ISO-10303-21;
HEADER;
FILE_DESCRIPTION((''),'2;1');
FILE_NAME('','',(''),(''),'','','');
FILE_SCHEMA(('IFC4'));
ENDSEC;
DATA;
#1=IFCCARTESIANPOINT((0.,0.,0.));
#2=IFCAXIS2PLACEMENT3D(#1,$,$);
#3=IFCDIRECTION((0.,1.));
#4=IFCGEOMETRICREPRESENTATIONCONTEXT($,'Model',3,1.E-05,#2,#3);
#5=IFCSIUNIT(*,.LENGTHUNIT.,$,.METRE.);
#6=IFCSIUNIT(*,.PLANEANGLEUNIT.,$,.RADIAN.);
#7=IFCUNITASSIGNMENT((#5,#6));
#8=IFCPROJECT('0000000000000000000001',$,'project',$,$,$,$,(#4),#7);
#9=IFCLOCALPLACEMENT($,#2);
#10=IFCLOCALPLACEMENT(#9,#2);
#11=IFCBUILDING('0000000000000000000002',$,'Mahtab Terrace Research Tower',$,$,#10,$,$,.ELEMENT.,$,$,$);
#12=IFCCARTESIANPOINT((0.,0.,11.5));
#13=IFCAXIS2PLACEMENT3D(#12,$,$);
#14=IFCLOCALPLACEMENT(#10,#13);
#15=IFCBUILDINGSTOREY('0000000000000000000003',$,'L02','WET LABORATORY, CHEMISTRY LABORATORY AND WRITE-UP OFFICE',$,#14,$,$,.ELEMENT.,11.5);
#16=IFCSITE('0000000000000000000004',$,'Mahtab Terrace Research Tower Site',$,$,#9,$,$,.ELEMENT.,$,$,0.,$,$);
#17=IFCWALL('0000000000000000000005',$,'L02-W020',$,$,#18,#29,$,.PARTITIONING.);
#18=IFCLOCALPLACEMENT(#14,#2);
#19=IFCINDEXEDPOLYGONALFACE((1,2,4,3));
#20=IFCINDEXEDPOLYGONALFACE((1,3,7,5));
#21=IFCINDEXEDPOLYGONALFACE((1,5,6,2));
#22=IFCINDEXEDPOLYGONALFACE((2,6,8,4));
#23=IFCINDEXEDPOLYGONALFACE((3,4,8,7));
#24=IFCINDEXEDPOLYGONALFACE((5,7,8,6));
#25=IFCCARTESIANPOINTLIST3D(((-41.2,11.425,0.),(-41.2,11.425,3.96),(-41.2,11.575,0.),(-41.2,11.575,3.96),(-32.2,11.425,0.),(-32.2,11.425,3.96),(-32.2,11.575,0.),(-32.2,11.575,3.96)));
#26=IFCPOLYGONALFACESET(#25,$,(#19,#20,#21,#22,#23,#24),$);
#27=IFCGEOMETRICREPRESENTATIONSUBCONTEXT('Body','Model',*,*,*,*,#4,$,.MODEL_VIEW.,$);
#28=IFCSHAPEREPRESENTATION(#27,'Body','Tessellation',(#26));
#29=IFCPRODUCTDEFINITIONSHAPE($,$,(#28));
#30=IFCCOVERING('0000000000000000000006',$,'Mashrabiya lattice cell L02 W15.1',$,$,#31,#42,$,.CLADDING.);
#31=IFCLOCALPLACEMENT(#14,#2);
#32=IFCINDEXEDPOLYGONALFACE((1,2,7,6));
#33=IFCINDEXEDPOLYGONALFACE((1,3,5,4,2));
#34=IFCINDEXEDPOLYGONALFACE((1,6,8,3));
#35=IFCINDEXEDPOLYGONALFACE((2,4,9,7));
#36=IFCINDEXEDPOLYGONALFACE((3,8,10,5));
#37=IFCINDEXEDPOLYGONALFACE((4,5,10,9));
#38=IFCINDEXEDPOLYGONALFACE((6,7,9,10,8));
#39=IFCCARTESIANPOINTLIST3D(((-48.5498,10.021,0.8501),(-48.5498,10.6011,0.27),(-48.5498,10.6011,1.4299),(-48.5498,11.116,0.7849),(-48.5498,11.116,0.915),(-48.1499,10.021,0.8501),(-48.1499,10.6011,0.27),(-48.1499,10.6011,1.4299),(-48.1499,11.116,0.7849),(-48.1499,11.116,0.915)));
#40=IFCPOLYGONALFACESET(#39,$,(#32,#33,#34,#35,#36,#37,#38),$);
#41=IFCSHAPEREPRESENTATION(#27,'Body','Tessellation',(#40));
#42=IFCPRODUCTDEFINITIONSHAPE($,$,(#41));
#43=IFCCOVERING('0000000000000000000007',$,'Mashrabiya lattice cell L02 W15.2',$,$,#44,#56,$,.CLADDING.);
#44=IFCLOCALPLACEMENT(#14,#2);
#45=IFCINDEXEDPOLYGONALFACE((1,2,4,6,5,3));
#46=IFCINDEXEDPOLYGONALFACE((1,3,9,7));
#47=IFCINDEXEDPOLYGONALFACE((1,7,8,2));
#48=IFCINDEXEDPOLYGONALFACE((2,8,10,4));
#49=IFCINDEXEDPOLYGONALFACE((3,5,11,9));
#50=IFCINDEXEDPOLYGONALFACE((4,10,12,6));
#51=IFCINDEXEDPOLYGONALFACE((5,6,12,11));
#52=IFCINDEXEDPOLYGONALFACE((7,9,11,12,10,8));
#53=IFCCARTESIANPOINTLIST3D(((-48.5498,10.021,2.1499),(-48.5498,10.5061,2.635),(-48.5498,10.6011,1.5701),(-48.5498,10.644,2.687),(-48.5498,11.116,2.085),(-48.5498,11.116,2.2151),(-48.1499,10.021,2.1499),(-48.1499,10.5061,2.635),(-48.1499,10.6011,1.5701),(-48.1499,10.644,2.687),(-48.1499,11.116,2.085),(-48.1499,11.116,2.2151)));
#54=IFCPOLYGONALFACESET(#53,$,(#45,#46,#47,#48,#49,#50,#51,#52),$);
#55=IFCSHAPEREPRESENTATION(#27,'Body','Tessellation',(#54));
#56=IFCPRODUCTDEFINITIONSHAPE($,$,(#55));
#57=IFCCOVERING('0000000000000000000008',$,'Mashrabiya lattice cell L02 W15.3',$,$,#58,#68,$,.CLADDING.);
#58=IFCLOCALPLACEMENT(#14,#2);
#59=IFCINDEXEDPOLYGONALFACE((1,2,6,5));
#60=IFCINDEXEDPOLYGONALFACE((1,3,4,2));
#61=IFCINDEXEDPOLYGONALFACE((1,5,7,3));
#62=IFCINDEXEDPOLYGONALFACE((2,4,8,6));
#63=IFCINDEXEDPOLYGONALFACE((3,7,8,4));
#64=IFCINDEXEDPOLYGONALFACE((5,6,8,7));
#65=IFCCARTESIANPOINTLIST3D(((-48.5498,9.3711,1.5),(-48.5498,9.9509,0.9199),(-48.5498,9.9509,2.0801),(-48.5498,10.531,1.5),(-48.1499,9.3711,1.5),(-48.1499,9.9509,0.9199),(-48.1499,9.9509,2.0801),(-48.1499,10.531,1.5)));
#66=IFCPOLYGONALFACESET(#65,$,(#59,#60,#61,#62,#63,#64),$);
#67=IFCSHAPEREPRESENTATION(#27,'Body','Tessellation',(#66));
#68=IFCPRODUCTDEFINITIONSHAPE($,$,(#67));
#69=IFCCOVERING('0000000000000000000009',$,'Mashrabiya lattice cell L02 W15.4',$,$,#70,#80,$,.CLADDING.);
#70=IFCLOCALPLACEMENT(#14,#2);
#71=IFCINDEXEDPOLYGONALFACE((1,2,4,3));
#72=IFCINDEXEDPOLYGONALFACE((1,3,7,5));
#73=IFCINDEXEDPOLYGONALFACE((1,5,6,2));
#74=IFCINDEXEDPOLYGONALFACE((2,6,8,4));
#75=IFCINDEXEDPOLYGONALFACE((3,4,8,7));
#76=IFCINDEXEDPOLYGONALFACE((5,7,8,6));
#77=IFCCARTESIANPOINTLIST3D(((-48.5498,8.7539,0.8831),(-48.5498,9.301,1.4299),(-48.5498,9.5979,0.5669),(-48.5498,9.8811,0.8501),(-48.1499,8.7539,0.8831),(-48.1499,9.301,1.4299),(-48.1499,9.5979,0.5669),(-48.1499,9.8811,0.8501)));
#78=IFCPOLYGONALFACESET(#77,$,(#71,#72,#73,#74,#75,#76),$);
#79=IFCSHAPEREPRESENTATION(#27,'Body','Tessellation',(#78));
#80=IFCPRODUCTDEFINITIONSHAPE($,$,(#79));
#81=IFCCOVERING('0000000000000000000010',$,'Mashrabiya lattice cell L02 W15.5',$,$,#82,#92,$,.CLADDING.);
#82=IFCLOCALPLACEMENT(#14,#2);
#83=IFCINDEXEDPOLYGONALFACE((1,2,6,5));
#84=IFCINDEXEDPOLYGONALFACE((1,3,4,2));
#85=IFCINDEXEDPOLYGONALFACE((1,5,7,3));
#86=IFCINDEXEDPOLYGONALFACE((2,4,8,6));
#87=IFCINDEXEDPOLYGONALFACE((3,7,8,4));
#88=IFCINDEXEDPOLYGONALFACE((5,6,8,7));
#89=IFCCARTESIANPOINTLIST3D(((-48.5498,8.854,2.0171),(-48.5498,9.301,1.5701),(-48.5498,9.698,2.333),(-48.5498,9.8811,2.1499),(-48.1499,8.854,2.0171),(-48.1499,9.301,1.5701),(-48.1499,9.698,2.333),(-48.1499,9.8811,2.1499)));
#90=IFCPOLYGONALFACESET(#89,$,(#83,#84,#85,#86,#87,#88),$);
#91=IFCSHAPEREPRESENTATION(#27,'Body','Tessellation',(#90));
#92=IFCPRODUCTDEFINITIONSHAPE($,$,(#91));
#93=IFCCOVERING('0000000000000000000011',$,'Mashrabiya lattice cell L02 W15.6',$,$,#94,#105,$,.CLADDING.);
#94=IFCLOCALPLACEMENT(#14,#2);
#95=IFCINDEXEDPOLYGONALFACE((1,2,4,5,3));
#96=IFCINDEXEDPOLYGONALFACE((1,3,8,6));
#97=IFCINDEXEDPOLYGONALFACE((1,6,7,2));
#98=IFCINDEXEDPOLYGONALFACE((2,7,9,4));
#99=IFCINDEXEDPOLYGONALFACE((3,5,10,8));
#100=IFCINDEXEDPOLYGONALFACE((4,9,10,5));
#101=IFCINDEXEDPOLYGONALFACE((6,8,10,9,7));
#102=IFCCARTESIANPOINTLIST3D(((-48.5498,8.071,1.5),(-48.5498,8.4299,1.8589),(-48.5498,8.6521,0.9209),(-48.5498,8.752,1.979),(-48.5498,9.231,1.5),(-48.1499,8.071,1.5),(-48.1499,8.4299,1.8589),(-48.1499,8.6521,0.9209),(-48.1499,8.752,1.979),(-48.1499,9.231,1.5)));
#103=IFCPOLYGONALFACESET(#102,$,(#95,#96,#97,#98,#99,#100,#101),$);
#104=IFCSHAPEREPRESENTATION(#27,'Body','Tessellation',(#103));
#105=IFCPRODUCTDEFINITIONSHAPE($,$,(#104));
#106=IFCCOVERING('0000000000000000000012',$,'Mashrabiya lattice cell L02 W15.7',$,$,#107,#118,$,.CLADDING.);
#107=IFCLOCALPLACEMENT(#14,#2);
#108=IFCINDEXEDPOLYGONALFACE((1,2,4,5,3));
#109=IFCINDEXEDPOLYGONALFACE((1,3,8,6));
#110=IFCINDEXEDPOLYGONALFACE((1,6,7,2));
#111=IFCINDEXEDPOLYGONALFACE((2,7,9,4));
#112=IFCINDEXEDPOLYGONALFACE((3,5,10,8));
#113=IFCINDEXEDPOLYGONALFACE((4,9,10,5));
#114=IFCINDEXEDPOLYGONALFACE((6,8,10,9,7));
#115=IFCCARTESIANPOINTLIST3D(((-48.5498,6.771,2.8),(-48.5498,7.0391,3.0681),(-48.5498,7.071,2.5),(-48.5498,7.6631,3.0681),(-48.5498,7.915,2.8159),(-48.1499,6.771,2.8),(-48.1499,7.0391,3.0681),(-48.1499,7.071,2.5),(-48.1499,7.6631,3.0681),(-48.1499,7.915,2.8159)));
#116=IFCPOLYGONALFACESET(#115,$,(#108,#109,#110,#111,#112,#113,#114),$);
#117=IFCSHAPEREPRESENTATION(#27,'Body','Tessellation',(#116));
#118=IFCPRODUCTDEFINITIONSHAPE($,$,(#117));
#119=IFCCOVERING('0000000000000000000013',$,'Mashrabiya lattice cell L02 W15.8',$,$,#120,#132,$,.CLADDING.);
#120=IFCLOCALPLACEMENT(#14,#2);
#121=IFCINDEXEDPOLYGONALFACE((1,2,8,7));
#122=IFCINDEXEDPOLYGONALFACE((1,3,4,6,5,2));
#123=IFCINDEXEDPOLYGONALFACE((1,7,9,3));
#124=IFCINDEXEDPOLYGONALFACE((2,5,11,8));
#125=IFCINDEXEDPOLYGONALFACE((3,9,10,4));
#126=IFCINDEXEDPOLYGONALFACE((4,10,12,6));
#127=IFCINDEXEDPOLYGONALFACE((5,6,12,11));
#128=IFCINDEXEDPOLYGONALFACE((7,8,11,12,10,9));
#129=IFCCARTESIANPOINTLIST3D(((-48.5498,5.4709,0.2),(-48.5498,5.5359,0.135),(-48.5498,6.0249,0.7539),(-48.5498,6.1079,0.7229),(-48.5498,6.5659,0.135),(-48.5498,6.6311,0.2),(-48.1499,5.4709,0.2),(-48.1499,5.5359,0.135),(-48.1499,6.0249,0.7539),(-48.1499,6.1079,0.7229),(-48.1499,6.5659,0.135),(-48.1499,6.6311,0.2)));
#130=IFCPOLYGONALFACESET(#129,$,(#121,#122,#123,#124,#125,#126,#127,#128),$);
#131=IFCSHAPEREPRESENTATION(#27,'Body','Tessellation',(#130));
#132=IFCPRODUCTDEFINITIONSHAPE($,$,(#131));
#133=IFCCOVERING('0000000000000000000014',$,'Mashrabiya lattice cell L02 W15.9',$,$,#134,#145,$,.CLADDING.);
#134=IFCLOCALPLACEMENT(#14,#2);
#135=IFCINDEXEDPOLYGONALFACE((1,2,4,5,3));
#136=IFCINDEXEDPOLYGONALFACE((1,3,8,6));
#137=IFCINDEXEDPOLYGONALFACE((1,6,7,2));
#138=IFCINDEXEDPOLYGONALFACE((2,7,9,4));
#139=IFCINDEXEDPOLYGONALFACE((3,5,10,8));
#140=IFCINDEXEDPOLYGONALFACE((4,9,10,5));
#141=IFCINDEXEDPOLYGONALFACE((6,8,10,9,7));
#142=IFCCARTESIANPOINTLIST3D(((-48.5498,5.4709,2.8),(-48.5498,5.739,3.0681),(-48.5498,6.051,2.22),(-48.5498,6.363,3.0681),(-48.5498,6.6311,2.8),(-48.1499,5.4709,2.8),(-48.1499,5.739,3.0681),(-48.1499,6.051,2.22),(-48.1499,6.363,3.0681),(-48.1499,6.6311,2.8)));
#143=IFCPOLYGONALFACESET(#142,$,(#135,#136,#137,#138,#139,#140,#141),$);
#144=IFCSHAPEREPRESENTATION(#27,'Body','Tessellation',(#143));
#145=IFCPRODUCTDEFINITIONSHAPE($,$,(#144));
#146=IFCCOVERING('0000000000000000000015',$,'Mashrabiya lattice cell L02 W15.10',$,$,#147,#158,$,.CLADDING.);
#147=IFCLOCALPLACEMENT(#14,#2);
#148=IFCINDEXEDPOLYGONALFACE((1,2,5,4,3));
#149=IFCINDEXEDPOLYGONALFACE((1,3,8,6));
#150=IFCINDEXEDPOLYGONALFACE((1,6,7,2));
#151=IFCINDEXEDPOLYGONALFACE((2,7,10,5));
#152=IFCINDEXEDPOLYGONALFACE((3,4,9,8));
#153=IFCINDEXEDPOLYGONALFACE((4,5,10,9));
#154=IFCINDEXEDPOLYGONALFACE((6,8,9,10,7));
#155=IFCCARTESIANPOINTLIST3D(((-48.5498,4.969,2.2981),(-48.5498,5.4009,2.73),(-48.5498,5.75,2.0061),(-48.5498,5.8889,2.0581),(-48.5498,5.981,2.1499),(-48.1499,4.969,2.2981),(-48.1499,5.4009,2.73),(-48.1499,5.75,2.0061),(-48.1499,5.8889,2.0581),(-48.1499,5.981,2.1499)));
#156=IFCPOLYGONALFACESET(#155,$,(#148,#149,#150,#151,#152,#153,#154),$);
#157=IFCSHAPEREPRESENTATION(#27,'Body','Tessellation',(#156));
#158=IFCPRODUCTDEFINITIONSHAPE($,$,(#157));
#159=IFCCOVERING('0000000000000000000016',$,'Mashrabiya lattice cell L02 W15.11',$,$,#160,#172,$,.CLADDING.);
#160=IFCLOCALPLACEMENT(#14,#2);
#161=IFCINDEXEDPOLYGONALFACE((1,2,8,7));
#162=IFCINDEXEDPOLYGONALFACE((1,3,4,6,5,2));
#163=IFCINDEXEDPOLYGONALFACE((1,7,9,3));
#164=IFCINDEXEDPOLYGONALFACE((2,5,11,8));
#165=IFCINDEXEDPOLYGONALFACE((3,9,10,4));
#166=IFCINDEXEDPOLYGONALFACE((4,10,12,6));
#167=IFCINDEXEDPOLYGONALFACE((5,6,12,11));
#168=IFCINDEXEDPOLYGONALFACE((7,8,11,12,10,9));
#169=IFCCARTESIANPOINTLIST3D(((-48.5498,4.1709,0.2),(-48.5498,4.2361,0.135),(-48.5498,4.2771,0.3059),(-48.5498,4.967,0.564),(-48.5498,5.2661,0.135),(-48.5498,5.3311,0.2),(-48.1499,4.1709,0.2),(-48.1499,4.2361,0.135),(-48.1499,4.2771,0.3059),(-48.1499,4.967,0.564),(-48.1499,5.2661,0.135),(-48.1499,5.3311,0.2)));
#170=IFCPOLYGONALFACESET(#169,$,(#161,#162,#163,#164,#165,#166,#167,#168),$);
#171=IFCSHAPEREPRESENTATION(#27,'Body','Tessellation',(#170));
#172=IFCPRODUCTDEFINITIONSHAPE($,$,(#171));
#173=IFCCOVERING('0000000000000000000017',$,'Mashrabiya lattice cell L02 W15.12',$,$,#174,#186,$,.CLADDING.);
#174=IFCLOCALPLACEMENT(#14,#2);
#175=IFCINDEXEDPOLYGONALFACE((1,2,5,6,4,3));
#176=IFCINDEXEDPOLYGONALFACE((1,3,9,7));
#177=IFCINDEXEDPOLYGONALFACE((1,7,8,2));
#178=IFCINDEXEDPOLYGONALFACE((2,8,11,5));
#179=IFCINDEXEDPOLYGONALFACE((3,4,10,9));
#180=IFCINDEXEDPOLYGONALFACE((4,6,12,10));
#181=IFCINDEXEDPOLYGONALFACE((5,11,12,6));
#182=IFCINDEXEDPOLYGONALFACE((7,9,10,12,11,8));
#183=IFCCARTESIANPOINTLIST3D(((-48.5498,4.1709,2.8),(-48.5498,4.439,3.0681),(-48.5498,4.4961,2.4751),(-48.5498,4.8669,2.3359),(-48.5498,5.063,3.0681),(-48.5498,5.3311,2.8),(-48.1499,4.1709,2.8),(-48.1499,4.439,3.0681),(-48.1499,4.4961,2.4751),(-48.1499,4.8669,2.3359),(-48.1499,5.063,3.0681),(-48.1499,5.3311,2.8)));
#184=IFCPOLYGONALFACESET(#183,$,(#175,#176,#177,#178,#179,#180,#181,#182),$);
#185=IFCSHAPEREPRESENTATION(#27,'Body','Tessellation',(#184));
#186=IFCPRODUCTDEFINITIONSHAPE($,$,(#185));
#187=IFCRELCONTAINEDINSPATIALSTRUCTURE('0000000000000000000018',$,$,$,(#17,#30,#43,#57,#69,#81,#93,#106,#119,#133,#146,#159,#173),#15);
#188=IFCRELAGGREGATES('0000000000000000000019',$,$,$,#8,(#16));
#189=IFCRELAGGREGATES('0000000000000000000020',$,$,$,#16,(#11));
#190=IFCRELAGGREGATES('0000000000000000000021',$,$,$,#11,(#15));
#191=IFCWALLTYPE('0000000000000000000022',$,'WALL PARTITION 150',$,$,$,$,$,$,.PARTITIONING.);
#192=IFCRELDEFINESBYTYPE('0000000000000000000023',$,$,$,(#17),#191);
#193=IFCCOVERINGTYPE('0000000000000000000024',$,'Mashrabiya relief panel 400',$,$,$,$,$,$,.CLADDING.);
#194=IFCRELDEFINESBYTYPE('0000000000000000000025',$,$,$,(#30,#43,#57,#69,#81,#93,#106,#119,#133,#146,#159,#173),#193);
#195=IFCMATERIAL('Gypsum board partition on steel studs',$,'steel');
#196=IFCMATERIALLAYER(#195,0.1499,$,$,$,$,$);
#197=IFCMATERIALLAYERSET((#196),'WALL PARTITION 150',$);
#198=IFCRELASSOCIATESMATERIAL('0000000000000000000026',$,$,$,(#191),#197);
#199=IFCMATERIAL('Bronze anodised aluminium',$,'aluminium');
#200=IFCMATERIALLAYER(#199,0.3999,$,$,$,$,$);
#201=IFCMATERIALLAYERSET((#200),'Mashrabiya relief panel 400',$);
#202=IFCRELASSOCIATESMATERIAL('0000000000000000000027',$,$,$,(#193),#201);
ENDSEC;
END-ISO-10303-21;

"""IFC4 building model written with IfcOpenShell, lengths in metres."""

from ifc_helpers import new_model, si_unit, direction, frame, frame_2d, origin, place, context, subcontext, project, spatial, polyline, rectangle, outline, extrude, material, layer, layer_set, type_object, element, save


model = new_model("IFC4")

# Units and contexts
model_context = context("Model", 3, precision=1e-05, world=origin(), true_north=direction((0.0, 1.0)))
body_context = subcontext(model_context, "Body", "Model", "MODEL_VIEW")
ifc_project = project(units=[si_unit("LENGTHUNIT", "METRE"), si_unit("PLANEANGLEUNIT", "RADIAN")], contexts=[model_context])

# Site, building, storey
site_placement = place(None, origin())
site = spatial("IfcSite", under=ifc_project, at=site_placement, Name="Mahtab Terrace Research Tower Site", CompositionType="ELEMENT", RefElevation=0.0)
building_placement = place(site_placement, origin())
building = spatial("IfcBuilding", under=site, at=building_placement, Name="Mahtab Terrace Research Tower", CompositionType="ELEMENT")
storey_placement = place(building_placement, frame((0.0, 0.0, 11.5)))
storey = spatial("IfcBuildingStorey", under=building, at=storey_placement, Name="L02", Description="WET LABORATORY, CHEMISTRY LABORATORY AND WRITE-UP OFFICE", CompositionType="ELEMENT", Elevation=11.5)

# Wall
ifc_material_1 = material(Name="Gypsum board partition on steel studs", Category="steel")
ifc_layer_1 = layer(ifc_material_1, 0.1499)
ifc_layer_set_1 = layer_set([ifc_layer_1], Name="WALL PARTITION 150")
wall_type_1 = type_object("IfcWallType", Name="WALL PARTITION 150", PredefinedType="PARTITIONING", material=ifc_layer_set_1)
wall_1_placement = place(storey_placement, frame((-41.2, 11.5, 0.0), z_axis=(0.0, 0.0, 1.0), x_axis=(1.0, 0.0, 0.0)))
element("IfcWall", 1, at=wall_1_placement, inside=storey, type_object=wall_type_1, Name="L02-W020", PredefinedType="PARTITIONING", context=body_context, shape_type="SweptSolid", body=[
    extrude(rectangle(XDim=9.0, YDim=0.1499, at=frame_2d((4.5, 0.0))), origin(), (0.0, 0.0, 1.0), 3.96),
])

# Coverings
ifc_material_2 = material(Name="Bronze anodised aluminium", Category="aluminium")
ifc_layer_2 = layer(ifc_material_2, 0.3999)
ifc_layer_set_2 = layer_set([ifc_layer_2], Name="Mashrabiya relief panel 400")
covering_type = type_object("IfcCoveringType", Name="Mashrabiya relief panel 400", PredefinedType="CLADDING", material=ifc_layer_set_2)
covering_1_placement = place(storey_placement, frame((-48.1499, 10.6011, 1.4299), z_axis=(1.0, 0.0, 0.0), x_axis=(0.0, -0.707256, -0.706958)))
element("IfcCovering", 2, at=covering_1_placement, inside=storey, type_object=covering_type, Name="Mashrabiya lattice cell L02 W15.1", PredefinedType="CLADDING", context=body_context, shape_type="SweptSolid", body=[
    extrude(outline(polyline([(0.0, 0.0), (0.8202, 0.0), (0.82, 0.8204), (0.0918, 0.8202), (-0.0002, 0.7282), (0.0, 0.0)])), origin(), (0.0, 0.0, -1.0), 0.3999),
])
covering_2_placement = place(storey_placement, frame((-48.1499, 10.021, 2.1499), z_axis=(1.0, 0.0, 0.0), x_axis=(0.0, 0.707256, -0.706958)))
element("IfcCovering", 3, at=covering_2_placement, inside=storey, type_object=covering_type, Name="Mashrabiya lattice cell L02 W15.2", PredefinedType="CLADDING", context=body_context, shape_type="SweptSolid", body=[
    extrude(outline(polyline([(0.0, 0.0), (0.8202, 0.0), (0.8203, 0.7282), (0.7283, 0.8202), (0.0609, 0.8203), (0.0001, 0.686), (0.0, 0.0)])), origin(), (0.0, 0.0, -1.0), 0.3999),
])
covering_3_placement = place(storey_placement, frame((-48.1499, 9.9509, 2.0801), z_axis=(1.0, 0.0, 0.0), x_axis=(0.0, -0.706958, -0.707256)))
element("IfcCovering", 4, at=covering_3_placement, inside=storey, type_object=covering_type, Name="Mashrabiya lattice cell L02 W15.3", PredefinedType="CLADDING", context=body_context, shape_type="SweptSolid", body=[
    extrude(outline(polyline([(0.0, 0.0), (0.8202, 0.0), (0.8205, 0.8202), (0.0002, 0.8204), (0.0, 0.0)])), origin(), (0.0, 0.0, -1.0), 0.3999),
])
covering_4_placement = place(storey_placement, frame((-48.1499, 9.8811, 0.8501), z_axis=(1.0, 0.0, 0.0), x_axis=(0.0, -0.707256, 0.706958)))
element("IfcCovering", 5, at=covering_4_placement, inside=storey, type_object=covering_type, Name="Mashrabiya lattice cell L02 W15.4", PredefinedType="CLADDING", context=body_context, shape_type="SweptSolid", body=[
    extrude(outline(polyline([(0.0, 0.0), (0.8202, 0.0), (0.8205, 0.7736), (0.0001, 0.4005), (0.0, 0.0)])), origin(), (0.0, 0.0, -1.0), 0.3999),
])
covering_5_placement = place(storey_placement, frame((-48.1499, 9.301, 1.5701), z_axis=(1.0, 0.0, 0.0), x_axis=(0.0, 0.707256, 0.706958)))
element("IfcCovering", 6, at=covering_5_placement, inside=storey, type_object=covering_type, Name="Mashrabiya lattice cell L02 W15.5", PredefinedType="CLADDING", context=body_context, shape_type="SweptSolid", body=[
    extrude(outline(polyline([(0.0, 0.0), (0.8202, 0.0), (0.8201, 0.259), (-0.0001, 0.6322), (0.0, 0.0)])), origin(), (0.0, 0.0, -1.0), 0.3999),
])
covering_6_placement = place(storey_placement, frame((-48.1499, 9.231, 1.5), z_axis=(1.0, 0.0, 0.0), x_axis=(0.0, -0.707107, 0.707107)))
element("IfcCovering", 7, at=covering_6_placement, inside=storey, type_object=covering_type, Name="Mashrabiya lattice cell L02 W15.6", PredefinedType="CLADDING", context=body_context, shape_type="SweptSolid", body=[
    extrude(outline(polyline([(0.0, 0.0), (0.6774, 0.0), (0.8202, 0.3126), (0.8202, 0.8202), (-0.0002, 0.8188), (0.0, 0.0)])), origin(), (0.0, 0.0, -1.0), 0.3999),
])
covering_7_placement = place(storey_placement, frame((-48.1499, 6.771, 2.8), z_axis=(1.0, 0.0, 0.0), x_axis=(0.0, 0.707107, -0.707107)))
element("IfcCovering", 8, at=covering_7_placement, inside=storey, type_object=covering_type, Name="Mashrabiya lattice cell L02 W15.7", PredefinedType="CLADDING", context=body_context, shape_type="SweptSolid", body=[
    extrude(outline(polyline([(0.0, 0.0), (0.4243, 0.0), (0.7977, 0.8202), (0.4413, 0.8204), (0.0, 0.3791), (0.0, 0.0)])), origin(), (0.0, 0.0, -1.0), 0.3999),
])
covering_8_placement = place(storey_placement, frame((-48.1499, 6.6311, 0.2), z_axis=(1.0, 0.0, 0.0), x_axis=(0.0, -0.707272, 0.706942)))
element("IfcCovering", 9, at=covering_8_placement, inside=storey, type_object=covering_type, Name="Mashrabiya lattice cell L02 W15.8", PredefinedType="CLADDING", context=body_context, shape_type="SweptSolid", body=[
    extrude(outline(polyline([(0.0, 0.0), (0.7397, 0.0), (0.8204, 0.0368), (0.8205, 0.8202), (0.7287, 0.8202), (0.0002, 0.092), (0.0, 0.0)])), origin(), (0.0, 0.0, -1.0), 0.3999),
])
covering_9_placement = place(storey_placement, frame((-48.1499, 5.4709, 2.8), z_axis=(1.0, 0.0, 0.0), x_axis=(0.0, 0.707107, -0.707107)))
element("IfcCovering", 10, at=covering_9_placement, inside=storey, type_object=covering_type, Name="Mashrabiya lattice cell L02 W15.9", PredefinedType="CLADDING", context=body_context, shape_type="SweptSolid", body=[
    extrude(outline(polyline([(0.0, 0.0), (0.8204, 0.0), (0.8204, 0.8204), (0.4413, 0.8204), (0.0, 0.3791), (0.0, 0.0)])), origin(), (0.0, 0.0, -1.0), 0.3999),
])
covering_10_placement = place(storey_placement, frame((-48.1499, 5.981, 2.1499), z_axis=(1.0, 0.0, 0.0), x_axis=(0.0, -0.707107, 0.707107)))
element("IfcCovering", 11, at=covering_10_placement, inside=storey, type_object=covering_type, Name="Mashrabiya lattice cell L02 W15.10", PredefinedType="CLADDING", context=body_context, shape_type="SweptSolid", body=[
    extrude(outline(polyline([(0.0, 0.0), (0.8204, 0.0), (0.8204, 0.6108), (0.0616, 0.265), (0.0002, 0.13), (0.0, 0.0)])), origin(), (0.0, 0.0, -1.0), 0.3999),
])
covering_11_placement = place(storey_placement, frame((-48.1499, 5.3311, 0.2), z_axis=(1.0, 0.0, 0.0), x_axis=(0.0, -0.707107, 0.707107)))
element("IfcCovering", 12, at=covering_11_placement, inside=storey, type_object=covering_type, Name="Mashrabiya lattice cell L02 W15.11", PredefinedType="CLADDING", context=body_context, shape_type="SweptSolid", body=[
    extrude(outline(polyline([(0.0, 0.0), (0.5148, 0.0), (0.8202, 0.6703), (0.8204, 0.8204), (0.7283, 0.8202), (0.0, 0.0918), (0.0, 0.0)])), origin(), (0.0, 0.0, -1.0), 0.3999),
])
covering_12_placement = place(storey_placement, frame((-48.1499, 5.3311, 2.8), z_axis=(1.0, 0.0, 0.0), x_axis=(0.0, -0.707107, 0.707107)))
element("IfcCovering", 13, at=covering_12_placement, inside=storey, type_object=covering_type, Name="Mashrabiya lattice cell L02 W15.12", PredefinedType="CLADDING", context=body_context, shape_type="SweptSolid", body=[
    extrude(outline(polyline([(0.0, 0.0), (0.3791, 0.0), (0.8204, 0.4413), (0.8204, 0.8204), (0.3606, 0.8202), (0.0, 0.6564), (0.0, 0.0)])), origin(), (0.0, 0.0, -1.0), 0.3999),
])

save(model, "model.ifc")
